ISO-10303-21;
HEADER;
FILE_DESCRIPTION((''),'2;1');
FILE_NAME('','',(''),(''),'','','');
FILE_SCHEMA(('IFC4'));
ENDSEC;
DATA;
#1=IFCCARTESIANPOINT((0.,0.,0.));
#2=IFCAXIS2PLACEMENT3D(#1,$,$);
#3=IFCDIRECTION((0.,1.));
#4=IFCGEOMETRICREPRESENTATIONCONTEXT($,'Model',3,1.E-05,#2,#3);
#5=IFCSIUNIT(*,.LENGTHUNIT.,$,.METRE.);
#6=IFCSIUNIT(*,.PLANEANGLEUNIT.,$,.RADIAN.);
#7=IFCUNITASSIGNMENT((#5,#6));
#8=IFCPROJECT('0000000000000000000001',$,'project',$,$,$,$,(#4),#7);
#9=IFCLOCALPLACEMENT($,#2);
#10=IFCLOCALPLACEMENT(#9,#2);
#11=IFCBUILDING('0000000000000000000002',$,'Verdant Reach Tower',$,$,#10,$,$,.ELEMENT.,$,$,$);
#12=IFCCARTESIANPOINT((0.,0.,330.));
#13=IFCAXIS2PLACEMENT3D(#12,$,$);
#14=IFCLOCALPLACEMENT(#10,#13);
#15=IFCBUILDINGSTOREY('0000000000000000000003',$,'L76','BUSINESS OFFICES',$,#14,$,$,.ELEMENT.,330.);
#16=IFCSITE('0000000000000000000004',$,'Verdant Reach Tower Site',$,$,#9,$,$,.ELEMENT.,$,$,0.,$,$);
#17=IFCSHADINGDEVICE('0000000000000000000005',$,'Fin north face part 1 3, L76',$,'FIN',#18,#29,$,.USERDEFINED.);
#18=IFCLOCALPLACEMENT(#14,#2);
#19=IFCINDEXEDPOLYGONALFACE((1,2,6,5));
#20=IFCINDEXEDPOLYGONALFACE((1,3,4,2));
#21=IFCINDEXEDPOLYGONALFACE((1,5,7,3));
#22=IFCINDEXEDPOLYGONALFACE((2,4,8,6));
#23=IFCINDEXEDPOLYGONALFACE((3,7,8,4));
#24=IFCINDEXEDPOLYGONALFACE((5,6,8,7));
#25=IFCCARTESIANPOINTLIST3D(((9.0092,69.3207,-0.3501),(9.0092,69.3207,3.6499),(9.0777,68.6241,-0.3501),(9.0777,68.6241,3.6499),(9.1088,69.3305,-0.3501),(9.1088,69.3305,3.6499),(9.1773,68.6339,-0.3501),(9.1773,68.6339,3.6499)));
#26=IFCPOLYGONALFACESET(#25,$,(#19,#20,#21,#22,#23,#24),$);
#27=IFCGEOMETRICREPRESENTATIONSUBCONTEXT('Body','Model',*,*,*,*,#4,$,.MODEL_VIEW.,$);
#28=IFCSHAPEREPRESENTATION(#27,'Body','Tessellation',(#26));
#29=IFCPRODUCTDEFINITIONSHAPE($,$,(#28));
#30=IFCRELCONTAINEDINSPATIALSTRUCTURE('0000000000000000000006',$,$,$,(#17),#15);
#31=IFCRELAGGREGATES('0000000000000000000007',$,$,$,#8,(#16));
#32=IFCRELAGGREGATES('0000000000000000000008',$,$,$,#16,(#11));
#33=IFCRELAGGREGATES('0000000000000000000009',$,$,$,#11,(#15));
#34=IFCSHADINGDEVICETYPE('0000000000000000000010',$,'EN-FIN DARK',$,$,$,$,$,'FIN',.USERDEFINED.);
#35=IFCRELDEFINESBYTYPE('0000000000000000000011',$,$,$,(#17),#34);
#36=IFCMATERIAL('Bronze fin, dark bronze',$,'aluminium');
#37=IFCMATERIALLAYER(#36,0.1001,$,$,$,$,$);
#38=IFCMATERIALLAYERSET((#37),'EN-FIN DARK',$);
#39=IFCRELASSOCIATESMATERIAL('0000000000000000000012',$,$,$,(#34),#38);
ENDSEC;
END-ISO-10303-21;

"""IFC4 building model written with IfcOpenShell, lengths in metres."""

from ifc_helpers import new_model, si_unit, direction, frame, origin, origin_2d, place, context, subcontext, project, spatial, rectangle, extrude, material, layer, layer_set, type_object, element, save


model = new_model("IFC4")

# Units and contexts
model_context = context("Model", 3, precision=1e-05, world=origin(), true_north=direction((0.0, 1.0)))
body_context = subcontext(model_context, "Body", "Model", "MODEL_VIEW")
ifc_project = project(units=[si_unit("LENGTHUNIT", "METRE"), si_unit("PLANEANGLEUNIT", "RADIAN")], contexts=[model_context])

# Site, building, storey
site_placement = place(None, origin())
site = spatial("IfcSite", under=ifc_project, at=site_placement, Name="Verdant Reach Tower Site", CompositionType="ELEMENT", RefElevation=0.0)
building_placement = place(site_placement, origin())
building = spatial("IfcBuilding", under=site, at=building_placement, Name="Verdant Reach Tower", CompositionType="ELEMENT")
storey_placement = place(building_placement, frame((0.0, 0.0, 330.0)))
storey = spatial("IfcBuildingStorey", under=building, at=storey_placement, Name="L76", Description="BUSINESS OFFICES", CompositionType="ELEMENT", Elevation=330.0)

# Shading device
ifc_material_1 = material(Name="Bronze fin, dark bronze", Category="aluminium")
ifc_layer_1 = layer(ifc_material_1, 0.1001)
ifc_layer_set_1 = layer_set([ifc_layer_1], Name="EN-FIN DARK")
shading_device_type_1 = type_object("IfcShadingDeviceType", Name="EN-FIN DARK", ElementType="FIN", PredefinedType="USERDEFINED", material=ifc_layer_set_1)
shading_device_1_placement = place(storey_placement, frame((9.0933, 68.9773, -0.3501), z_axis=(0.0, 0.0, 1.0), x_axis=(-0.995197, -0.097888, 0.0)))
element("IfcShadingDevice", 1, at=shading_device_1_placement, inside=storey, type_object=shading_device_type_1, Name="Fin north face part 1 3, L76", ObjectType="FIN", PredefinedType="USERDEFINED", context=body_context, shape_type="SweptSolid", body=[
    extrude(rectangle(XDim=0.1001, YDim=0.7, at=origin_2d()), origin(), (0.0, 0.0, 1.0), 4.0),
])

save(model, "model.ifc")
